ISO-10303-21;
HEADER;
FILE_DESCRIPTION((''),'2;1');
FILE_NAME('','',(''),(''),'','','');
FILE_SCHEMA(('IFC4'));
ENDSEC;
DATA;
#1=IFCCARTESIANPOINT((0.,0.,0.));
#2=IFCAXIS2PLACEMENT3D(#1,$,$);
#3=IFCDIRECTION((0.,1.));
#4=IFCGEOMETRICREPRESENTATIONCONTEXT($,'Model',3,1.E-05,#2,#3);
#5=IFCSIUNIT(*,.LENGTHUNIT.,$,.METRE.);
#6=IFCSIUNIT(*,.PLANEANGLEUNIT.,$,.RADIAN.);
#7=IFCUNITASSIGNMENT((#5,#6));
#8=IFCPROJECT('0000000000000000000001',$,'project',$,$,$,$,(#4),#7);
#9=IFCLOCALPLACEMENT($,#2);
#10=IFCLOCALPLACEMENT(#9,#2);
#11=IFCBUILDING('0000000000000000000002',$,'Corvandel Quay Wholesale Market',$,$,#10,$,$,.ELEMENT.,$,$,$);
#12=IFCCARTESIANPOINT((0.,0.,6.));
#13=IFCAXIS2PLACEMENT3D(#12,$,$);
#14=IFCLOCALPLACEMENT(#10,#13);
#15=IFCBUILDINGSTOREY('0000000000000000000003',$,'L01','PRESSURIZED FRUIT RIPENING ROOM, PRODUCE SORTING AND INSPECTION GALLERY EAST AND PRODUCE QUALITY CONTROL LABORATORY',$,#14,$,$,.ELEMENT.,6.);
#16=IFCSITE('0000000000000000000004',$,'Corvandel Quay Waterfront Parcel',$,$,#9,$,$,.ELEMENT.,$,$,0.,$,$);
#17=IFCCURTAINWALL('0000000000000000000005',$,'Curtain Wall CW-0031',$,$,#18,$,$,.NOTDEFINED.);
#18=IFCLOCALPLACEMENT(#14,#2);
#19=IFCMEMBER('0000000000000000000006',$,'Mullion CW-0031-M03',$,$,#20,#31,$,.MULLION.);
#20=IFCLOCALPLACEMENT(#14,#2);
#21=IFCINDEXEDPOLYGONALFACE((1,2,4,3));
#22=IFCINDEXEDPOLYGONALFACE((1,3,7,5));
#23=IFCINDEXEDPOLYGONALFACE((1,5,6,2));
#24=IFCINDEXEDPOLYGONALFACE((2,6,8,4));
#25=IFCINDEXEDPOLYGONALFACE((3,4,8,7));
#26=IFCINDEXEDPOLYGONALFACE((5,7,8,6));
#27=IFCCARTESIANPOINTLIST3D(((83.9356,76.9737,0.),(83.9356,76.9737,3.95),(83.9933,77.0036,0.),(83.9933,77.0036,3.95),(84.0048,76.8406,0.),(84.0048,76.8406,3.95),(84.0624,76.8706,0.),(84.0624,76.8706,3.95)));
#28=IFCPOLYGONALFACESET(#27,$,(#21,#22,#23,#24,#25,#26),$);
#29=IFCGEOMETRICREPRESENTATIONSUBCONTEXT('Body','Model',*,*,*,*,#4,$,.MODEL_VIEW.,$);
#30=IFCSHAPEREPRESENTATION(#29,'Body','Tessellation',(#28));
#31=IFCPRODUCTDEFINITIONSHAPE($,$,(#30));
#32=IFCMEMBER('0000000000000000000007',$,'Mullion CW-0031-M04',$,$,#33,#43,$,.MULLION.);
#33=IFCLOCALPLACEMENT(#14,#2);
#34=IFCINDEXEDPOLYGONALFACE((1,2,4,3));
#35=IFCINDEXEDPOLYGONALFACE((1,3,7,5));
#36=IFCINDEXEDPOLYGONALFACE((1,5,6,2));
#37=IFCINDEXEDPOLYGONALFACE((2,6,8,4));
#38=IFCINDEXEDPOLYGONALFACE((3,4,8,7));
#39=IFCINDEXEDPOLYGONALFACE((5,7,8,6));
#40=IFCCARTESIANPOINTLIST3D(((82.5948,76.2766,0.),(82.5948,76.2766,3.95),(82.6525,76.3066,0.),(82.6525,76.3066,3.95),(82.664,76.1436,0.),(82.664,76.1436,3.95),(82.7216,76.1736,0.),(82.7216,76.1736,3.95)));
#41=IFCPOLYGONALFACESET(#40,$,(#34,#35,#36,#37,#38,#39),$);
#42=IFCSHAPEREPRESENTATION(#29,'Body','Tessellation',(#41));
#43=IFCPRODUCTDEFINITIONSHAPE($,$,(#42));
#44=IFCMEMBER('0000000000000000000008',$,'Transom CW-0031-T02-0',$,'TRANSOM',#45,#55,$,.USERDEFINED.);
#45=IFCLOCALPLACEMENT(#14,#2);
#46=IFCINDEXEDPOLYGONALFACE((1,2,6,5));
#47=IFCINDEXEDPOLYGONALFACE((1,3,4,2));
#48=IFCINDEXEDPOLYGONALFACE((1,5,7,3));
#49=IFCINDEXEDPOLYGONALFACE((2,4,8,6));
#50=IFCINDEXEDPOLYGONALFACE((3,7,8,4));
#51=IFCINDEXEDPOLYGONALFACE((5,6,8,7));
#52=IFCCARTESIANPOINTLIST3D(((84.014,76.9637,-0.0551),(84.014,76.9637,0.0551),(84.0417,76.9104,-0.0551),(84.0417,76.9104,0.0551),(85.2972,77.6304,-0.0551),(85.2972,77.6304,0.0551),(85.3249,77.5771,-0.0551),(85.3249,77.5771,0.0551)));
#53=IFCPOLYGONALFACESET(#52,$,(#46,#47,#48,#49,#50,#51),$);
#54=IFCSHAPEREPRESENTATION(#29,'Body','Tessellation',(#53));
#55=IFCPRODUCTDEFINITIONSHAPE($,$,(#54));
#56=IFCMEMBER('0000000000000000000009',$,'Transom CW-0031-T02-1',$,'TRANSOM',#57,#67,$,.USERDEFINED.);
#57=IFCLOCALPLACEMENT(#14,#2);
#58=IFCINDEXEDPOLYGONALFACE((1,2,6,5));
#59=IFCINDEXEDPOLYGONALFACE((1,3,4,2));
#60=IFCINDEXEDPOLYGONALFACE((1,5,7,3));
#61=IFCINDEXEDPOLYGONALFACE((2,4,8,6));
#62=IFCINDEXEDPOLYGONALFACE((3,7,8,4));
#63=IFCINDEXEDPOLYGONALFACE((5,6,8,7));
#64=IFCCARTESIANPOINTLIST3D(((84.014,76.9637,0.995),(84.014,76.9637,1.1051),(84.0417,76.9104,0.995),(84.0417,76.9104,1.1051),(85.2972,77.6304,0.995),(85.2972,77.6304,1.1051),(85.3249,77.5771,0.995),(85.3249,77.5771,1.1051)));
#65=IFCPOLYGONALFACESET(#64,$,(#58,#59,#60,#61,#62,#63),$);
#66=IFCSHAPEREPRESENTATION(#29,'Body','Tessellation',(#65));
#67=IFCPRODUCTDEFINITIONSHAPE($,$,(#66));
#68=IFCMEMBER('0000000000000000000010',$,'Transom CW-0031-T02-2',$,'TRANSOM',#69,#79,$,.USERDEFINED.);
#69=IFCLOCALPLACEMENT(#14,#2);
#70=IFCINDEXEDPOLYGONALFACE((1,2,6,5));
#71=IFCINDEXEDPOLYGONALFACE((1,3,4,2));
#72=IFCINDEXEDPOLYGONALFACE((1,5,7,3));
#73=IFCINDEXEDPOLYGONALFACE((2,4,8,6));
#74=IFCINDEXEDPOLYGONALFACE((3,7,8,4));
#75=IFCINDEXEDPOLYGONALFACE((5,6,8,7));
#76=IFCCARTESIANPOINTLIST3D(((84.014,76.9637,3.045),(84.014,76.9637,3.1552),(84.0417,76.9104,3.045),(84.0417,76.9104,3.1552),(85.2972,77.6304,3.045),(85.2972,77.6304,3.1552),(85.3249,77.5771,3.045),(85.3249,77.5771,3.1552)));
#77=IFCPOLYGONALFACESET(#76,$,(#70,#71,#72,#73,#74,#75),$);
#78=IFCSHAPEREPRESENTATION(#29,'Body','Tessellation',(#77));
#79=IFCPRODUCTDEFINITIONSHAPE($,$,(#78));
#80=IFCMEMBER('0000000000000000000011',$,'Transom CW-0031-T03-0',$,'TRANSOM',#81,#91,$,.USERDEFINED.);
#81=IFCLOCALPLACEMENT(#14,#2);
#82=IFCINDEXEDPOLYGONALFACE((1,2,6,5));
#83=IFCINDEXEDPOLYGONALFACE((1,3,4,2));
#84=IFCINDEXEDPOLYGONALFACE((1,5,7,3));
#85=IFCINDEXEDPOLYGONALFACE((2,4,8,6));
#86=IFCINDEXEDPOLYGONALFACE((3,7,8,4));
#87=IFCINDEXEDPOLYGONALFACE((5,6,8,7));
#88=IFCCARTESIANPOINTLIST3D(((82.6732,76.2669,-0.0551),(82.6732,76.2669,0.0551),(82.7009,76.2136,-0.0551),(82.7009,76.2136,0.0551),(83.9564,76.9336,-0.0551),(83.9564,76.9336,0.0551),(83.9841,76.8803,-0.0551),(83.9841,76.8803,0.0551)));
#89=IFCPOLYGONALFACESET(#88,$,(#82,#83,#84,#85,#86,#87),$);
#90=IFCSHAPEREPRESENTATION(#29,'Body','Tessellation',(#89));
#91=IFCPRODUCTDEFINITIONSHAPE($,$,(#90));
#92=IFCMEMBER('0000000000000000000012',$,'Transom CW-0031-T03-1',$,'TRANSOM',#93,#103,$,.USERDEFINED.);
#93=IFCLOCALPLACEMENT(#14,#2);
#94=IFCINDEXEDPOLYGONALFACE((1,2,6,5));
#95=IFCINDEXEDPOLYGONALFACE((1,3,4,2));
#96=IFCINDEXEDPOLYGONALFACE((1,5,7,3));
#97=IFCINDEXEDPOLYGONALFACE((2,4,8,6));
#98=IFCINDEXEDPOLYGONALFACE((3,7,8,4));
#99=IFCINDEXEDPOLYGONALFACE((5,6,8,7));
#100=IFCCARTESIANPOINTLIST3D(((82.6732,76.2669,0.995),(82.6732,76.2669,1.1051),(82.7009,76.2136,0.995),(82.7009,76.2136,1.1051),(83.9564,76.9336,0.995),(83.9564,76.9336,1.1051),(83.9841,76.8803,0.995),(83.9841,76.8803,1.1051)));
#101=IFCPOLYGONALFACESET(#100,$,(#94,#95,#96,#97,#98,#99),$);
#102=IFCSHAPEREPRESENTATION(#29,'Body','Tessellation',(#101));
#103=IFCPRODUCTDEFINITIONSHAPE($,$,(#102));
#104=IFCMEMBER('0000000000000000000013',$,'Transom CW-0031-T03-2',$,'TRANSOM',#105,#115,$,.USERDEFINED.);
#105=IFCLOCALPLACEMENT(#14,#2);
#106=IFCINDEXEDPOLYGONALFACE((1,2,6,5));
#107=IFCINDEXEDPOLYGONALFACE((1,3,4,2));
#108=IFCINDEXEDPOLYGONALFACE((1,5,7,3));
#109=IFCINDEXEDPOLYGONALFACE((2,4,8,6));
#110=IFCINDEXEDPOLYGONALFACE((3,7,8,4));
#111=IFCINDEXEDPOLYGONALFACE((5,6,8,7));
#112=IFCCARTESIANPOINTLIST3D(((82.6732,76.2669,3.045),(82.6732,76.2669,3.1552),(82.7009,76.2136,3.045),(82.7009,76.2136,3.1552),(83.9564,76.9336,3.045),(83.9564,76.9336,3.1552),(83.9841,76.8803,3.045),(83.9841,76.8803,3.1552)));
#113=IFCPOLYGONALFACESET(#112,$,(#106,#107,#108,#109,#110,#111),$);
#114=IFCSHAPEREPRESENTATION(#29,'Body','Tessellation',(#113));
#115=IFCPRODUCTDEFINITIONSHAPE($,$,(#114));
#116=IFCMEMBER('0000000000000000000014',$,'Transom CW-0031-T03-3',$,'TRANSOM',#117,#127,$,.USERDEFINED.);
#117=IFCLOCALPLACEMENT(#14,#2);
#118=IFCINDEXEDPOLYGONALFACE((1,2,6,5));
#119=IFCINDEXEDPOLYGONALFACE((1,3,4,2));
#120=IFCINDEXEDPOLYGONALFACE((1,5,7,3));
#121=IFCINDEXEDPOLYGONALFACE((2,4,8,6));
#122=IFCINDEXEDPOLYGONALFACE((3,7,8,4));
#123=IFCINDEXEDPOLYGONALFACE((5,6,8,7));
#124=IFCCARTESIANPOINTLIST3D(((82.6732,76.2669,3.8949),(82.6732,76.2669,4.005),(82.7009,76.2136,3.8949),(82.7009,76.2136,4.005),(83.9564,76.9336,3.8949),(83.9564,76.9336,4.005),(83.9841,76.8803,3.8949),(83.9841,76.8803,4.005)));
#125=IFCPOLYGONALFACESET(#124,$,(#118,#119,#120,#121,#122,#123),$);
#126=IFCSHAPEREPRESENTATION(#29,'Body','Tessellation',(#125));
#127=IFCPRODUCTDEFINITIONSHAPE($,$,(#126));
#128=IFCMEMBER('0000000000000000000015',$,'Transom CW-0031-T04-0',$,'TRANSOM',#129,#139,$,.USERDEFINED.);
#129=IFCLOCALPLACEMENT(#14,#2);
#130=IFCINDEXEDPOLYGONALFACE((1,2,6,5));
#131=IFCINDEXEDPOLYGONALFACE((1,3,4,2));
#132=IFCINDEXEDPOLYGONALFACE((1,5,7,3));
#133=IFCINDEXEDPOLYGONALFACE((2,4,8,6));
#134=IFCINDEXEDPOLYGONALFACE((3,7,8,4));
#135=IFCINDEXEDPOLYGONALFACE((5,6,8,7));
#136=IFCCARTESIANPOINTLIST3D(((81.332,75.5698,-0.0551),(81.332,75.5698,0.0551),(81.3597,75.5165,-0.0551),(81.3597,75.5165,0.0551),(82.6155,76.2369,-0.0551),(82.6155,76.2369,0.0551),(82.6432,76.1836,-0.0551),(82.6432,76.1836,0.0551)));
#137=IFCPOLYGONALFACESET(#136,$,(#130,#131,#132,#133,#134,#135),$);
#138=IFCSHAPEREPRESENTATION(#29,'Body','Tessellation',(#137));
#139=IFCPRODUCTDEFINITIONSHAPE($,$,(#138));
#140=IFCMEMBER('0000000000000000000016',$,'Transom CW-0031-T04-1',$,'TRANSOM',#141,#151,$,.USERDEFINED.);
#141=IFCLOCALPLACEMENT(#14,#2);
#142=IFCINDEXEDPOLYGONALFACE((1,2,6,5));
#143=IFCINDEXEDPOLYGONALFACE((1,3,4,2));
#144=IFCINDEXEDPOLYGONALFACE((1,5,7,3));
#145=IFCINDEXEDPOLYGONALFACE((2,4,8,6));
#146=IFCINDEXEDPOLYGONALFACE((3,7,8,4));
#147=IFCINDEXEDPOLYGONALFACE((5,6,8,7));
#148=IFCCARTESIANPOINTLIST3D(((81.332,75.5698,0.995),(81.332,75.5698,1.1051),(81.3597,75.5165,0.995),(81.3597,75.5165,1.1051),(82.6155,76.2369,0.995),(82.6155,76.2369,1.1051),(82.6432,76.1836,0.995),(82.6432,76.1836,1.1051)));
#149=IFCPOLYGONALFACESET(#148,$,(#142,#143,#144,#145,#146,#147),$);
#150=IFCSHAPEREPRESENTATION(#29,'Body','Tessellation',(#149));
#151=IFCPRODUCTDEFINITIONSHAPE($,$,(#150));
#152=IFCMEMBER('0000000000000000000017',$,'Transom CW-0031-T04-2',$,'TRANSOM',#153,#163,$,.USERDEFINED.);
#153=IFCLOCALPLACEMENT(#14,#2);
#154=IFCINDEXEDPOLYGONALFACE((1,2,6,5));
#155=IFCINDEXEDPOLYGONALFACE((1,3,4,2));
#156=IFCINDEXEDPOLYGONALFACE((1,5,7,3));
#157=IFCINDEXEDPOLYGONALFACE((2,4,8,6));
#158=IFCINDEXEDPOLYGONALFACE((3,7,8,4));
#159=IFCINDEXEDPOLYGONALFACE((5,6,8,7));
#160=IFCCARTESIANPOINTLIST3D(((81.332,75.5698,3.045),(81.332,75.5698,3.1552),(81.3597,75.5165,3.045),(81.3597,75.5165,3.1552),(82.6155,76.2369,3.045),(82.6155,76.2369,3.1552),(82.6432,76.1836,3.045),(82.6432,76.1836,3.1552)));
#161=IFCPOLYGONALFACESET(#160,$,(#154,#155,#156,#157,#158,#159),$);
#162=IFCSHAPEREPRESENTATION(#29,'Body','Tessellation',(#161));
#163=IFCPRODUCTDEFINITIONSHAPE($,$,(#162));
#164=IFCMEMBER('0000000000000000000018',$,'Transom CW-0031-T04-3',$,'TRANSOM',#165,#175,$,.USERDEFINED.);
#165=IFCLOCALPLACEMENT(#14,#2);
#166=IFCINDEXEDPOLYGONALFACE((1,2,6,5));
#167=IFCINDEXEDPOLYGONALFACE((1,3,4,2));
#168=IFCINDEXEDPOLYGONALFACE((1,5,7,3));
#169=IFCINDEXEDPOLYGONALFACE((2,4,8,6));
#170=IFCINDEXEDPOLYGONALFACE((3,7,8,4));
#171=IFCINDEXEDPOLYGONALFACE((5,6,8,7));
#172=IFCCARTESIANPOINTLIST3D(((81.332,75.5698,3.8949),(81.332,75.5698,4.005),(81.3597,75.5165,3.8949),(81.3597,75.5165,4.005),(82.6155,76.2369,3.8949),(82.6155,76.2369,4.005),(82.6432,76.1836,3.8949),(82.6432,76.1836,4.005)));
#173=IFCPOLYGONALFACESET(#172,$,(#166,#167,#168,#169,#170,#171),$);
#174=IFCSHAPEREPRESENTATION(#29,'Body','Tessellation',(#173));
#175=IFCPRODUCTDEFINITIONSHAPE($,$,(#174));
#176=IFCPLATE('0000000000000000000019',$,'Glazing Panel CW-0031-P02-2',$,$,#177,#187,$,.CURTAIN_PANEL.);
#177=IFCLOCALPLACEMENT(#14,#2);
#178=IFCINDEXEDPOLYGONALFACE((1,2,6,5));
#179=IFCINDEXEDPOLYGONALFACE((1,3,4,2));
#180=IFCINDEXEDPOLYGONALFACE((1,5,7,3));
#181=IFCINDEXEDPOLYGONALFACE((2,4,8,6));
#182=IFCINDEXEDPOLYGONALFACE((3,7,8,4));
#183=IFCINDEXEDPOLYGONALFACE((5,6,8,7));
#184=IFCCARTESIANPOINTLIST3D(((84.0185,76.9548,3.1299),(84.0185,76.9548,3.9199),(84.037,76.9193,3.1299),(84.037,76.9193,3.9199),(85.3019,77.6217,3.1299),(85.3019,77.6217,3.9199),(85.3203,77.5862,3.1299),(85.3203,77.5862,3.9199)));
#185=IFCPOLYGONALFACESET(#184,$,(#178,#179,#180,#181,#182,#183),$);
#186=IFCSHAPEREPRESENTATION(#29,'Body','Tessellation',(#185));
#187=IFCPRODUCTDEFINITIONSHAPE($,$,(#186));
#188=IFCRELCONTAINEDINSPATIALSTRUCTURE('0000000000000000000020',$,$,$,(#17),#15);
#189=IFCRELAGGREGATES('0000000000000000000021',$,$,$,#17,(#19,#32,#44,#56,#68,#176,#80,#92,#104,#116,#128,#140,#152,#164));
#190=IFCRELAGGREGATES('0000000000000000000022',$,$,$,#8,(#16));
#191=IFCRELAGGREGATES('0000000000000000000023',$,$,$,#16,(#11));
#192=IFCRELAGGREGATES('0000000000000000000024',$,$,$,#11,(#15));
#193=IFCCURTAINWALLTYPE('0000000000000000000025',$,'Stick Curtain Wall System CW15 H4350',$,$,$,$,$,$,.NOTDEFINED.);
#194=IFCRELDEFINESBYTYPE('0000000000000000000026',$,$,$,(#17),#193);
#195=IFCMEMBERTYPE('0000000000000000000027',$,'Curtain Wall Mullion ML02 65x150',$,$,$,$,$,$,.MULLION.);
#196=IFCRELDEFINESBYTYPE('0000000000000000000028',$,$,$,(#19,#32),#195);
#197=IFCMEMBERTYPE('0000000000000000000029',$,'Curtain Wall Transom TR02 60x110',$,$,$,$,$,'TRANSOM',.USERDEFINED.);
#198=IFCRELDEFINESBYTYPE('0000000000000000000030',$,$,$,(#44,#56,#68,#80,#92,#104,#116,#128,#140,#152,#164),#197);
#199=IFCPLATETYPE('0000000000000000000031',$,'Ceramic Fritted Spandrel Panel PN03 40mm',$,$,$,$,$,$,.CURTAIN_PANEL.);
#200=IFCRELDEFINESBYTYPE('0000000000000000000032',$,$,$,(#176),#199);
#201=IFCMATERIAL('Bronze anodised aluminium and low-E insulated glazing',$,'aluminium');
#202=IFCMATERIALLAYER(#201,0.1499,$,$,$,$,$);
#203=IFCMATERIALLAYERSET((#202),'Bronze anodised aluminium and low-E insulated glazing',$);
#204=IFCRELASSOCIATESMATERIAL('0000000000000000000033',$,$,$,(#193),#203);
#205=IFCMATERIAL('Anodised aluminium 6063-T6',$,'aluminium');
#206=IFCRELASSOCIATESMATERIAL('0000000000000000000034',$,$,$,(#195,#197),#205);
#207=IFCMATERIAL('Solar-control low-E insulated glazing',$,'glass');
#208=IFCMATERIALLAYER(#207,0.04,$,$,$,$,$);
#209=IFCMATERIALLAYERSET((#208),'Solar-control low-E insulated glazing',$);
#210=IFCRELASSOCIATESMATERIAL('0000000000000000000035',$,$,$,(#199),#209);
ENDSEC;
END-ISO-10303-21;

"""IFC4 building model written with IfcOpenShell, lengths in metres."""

from ifc_helpers import new_model, si_unit, direction, frame, origin, origin_2d, place, context, subcontext, project, spatial, rectangle, extrude, material, layer, layer_set, material_profile, profile_set, type_object, element, aggregate, save


model = new_model("IFC4")

# Units and contexts
model_context = context("Model", 3, precision=1e-05, world=origin(), true_north=direction((0.0, 1.0)))
body_context = subcontext(model_context, "Body", "Model", "MODEL_VIEW")
ifc_project = project(units=[si_unit("LENGTHUNIT", "METRE"), si_unit("PLANEANGLEUNIT", "RADIAN")], contexts=[model_context])

# Site, building, storey
site_placement = place(None, origin())
site = spatial("IfcSite", under=ifc_project, at=site_placement, Name="Corvandel Quay Waterfront Parcel", CompositionType="ELEMENT", RefElevation=0.0)
building_placement = place(site_placement, origin())
building = spatial("IfcBuilding", under=site, at=building_placement, Name="Corvandel Quay Wholesale Market", CompositionType="ELEMENT")
storey_placement = place(building_placement, frame((0.0, 0.0, 6.0)))
storey = spatial("IfcBuildingStorey", under=building, at=storey_placement, Name="L01", Description="PRESSURIZED FRUIT RIPENING ROOM, PRODUCE SORTING AND INSPECTION GALLERY EAST AND PRODUCE QUALITY CONTROL LABORATORY", CompositionType="ELEMENT", Elevation=6.0)

# Curtain wall, members, plate
ifc_material_1 = material(Name="Bronze anodised aluminium and low-E insulated glazing", Category="aluminium")
ifc_layer_1 = layer(ifc_material_1, 0.1499)
ifc_layer_set_1 = layer_set([ifc_layer_1], Name="Bronze anodised aluminium and low-E insulated glazing")
curtain_wall_type = type_object("IfcCurtainWallType", Name="Stick Curtain Wall System CW15 H4350", PredefinedType="NOTDEFINED", material=ifc_layer_set_1)
curtain_wall_placement = place(storey_placement, origin())
curtain_wall = element("IfcCurtainWall", 1, at=curtain_wall_placement, inside=storey, type_object=curtain_wall_type, Name="Curtain Wall CW-0031", PredefinedType="NOTDEFINED")
ifc_material_2 = material(Name="Anodised aluminium 6063-T6", Category="aluminium")
ifc_material_profile_1 = material_profile(ifc_material_2, rectangle(XDim=0.0649, YDim=0.1499, at=origin_2d()), Name="ALU-MUL-65x150")
ifc_profile_set_1 = profile_set([ifc_material_profile_1], Name="Anodised aluminium 6063-T6")
member_type_1 = type_object("IfcMemberType", Name="Curtain Wall Mullion ML02 65x150", PredefinedType="MULLION", material=ifc_profile_set_1)
member_1_placement = place(storey_placement, frame((83.999, 76.9221, 0.0), z_axis=(0.0, 0.0, 1.0), x_axis=(0.887333, 0.461129, 0.0)))
member_1 = element("IfcMember", 2, at=member_1_placement, type_object=member_type_1, Name="Mullion CW-0031-M03", PredefinedType="MULLION", context=body_context, shape_type="SweptSolid", body=[
    extrude(rectangle(XDim=0.0649, YDim=0.1499, at=origin_2d()), origin(), (0.0, 0.0, 1.0), 3.95),
])
member_2_placement = place(storey_placement, frame((82.6582, 76.2251, 0.0), z_axis=(0.0, 0.0, 1.0), x_axis=(0.887333, 0.461129, 0.0)))
member_2 = element("IfcMember", 3, at=member_2_placement, type_object=member_type_1, Name="Mullion CW-0031-M04", PredefinedType="MULLION", context=body_context, shape_type="SweptSolid", body=[
    extrude(rectangle(XDim=0.0649, YDim=0.1499, at=origin_2d()), origin(), (0.0, 0.0, 1.0), 3.95),
])
ifc_material_profile_2 = material_profile(ifc_material_2, rectangle(XDim=0.0601, YDim=0.1101, at=origin_2d()), Name="ALU-TRN-60x110")
ifc_profile_set_2 = profile_set([ifc_material_profile_2], Name="Anodised aluminium 6063-T6")
member_type_2 = type_object("IfcMemberType", Name="Curtain Wall Transom TR02 60x110", ElementType="TRANSOM", PredefinedType="USERDEFINED", material=ifc_profile_set_2)
member_3_placement = place(storey_placement, frame((85.311, 77.6038, 0.0), z_axis=(-0.887363, -0.461071, 0.0), x_axis=(0.461071, -0.887363, 0.0)))
member_3 = element("IfcMember", 4, at=member_3_placement, type_object=member_type_2, Name="Transom CW-0031-T02-0", ObjectType="TRANSOM", PredefinedType="USERDEFINED", context=body_context, shape_type="SweptSolid", body=[
    extrude(rectangle(XDim=0.0601, YDim=0.1101, at=origin_2d()), origin(), (0.0, 0.0, 1.0), 1.446),
])
member_4_placement = place(storey_placement, frame((85.311, 77.6038, 1.05), z_axis=(-0.887363, -0.461071, 0.0), x_axis=(0.461071, -0.887363, 0.0)))
member_4 = element("IfcMember", 5, at=member_4_placement, type_object=member_type_2, Name="Transom CW-0031-T02-1", ObjectType="TRANSOM", PredefinedType="USERDEFINED", context=body_context, shape_type="SweptSolid", body=[
    extrude(rectangle(XDim=0.0601, YDim=0.1101, at=origin_2d()), origin(), (0.0, 0.0, 1.0), 1.446),
])
member_5_placement = place(storey_placement, frame((85.311, 77.6038, 3.1001), z_axis=(-0.887363, -0.461071, 0.0), x_axis=(0.461071, -0.887363, 0.0)))
member_5 = element("IfcMember", 6, at=member_5_placement, type_object=member_type_2, Name="Transom CW-0031-T02-2", ObjectType="TRANSOM", PredefinedType="USERDEFINED", context=body_context, shape_type="SweptSolid", body=[
    extrude(rectangle(XDim=0.0601, YDim=0.1101, at=origin_2d()), origin(), (0.0, 0.0, 1.0), 1.446),
])
member_6_placement = place(storey_placement, frame((83.9702, 76.907, 0.0), z_axis=(-0.887363, -0.461071, 0.0), x_axis=(0.461071, -0.887363, 0.0)))
member_6 = element("IfcMember", 7, at=member_6_placement, type_object=member_type_2, Name="Transom CW-0031-T03-0", ObjectType="TRANSOM", PredefinedType="USERDEFINED", context=body_context, shape_type="SweptSolid", body=[
    extrude(rectangle(XDim=0.0601, YDim=0.1101, at=origin_2d()), origin(), (0.0, 0.0, 1.0), 1.446),
])
member_7_placement = place(storey_placement, frame((83.9702, 76.907, 1.05), z_axis=(-0.887363, -0.461071, 0.0), x_axis=(0.461071, -0.887363, 0.0)))
member_7 = element("IfcMember", 8, at=member_7_placement, type_object=member_type_2, Name="Transom CW-0031-T03-1", ObjectType="TRANSOM", PredefinedType="USERDEFINED", context=body_context, shape_type="SweptSolid", body=[
    extrude(rectangle(XDim=0.0601, YDim=0.1101, at=origin_2d()), origin(), (0.0, 0.0, 1.0), 1.446),
])
member_8_placement = place(storey_placement, frame((83.9702, 76.907, 3.1001), z_axis=(-0.887363, -0.461071, 0.0), x_axis=(0.461071, -0.887363, 0.0)))
member_8 = element("IfcMember", 9, at=member_8_placement, type_object=member_type_2, Name="Transom CW-0031-T03-2", ObjectType="TRANSOM", PredefinedType="USERDEFINED", context=body_context, shape_type="SweptSolid", body=[
    extrude(rectangle(XDim=0.0601, YDim=0.1101, at=origin_2d()), origin(), (0.0, 0.0, 1.0), 1.446),
])
member_9_placement = place(storey_placement, frame((83.9702, 76.907, 3.95), z_axis=(-0.887363, -0.461071, 0.0), x_axis=(0.461071, -0.887363, 0.0)))
member_9 = element("IfcMember", 10, at=member_9_placement, type_object=member_type_2, Name="Transom CW-0031-T03-3", ObjectType="TRANSOM", PredefinedType="USERDEFINED", context=body_context, shape_type="SweptSolid", body=[
    extrude(rectangle(XDim=0.0601, YDim=0.1101, at=origin_2d()), origin(), (0.0, 0.0, 1.0), 1.446),
])
member_10_placement = place(storey_placement, frame((82.6294, 76.2102, 0.0), z_axis=(-0.88733, -0.461135, 0.0), x_axis=(0.461135, -0.88733, 0.0)))
member_10 = element("IfcMember", 11, at=member_10_placement, type_object=member_type_2, Name="Transom CW-0031-T04-0", ObjectType="TRANSOM", PredefinedType="USERDEFINED", context=body_context, shape_type="SweptSolid", body=[
    extrude(rectangle(XDim=0.0601, YDim=0.1101, at=origin_2d()), origin(), (0.0, 0.0, 1.0), 1.4465),
])
member_11_placement = place(storey_placement, frame((82.6294, 76.2102, 1.05), z_axis=(-0.88733, -0.461135, 0.0), x_axis=(0.461135, -0.88733, 0.0)))
member_11 = element("IfcMember", 12, at=member_11_placement, type_object=member_type_2, Name="Transom CW-0031-T04-1", ObjectType="TRANSOM", PredefinedType="USERDEFINED", context=body_context, shape_type="SweptSolid", body=[
    extrude(rectangle(XDim=0.0601, YDim=0.1101, at=origin_2d()), origin(), (0.0, 0.0, 1.0), 1.4465),
])
member_12_placement = place(storey_placement, frame((82.6294, 76.2102, 3.1001), z_axis=(-0.88733, -0.461135, 0.0), x_axis=(0.461135, -0.88733, 0.0)))
member_12 = element("IfcMember", 13, at=member_12_placement, type_object=member_type_2, Name="Transom CW-0031-T04-2", ObjectType="TRANSOM", PredefinedType="USERDEFINED", context=body_context, shape_type="SweptSolid", body=[
    extrude(rectangle(XDim=0.0601, YDim=0.1101, at=origin_2d()), origin(), (0.0, 0.0, 1.0), 1.4465),
])
member_13_placement = place(storey_placement, frame((82.6294, 76.2102, 3.95), z_axis=(-0.88733, -0.461135, 0.0), x_axis=(0.461135, -0.88733, 0.0)))
member_13 = element("IfcMember", 14, at=member_13_placement, type_object=member_type_2, Name="Transom CW-0031-T04-3", ObjectType="TRANSOM", PredefinedType="USERDEFINED", context=body_context, shape_type="SweptSolid", body=[
    extrude(rectangle(XDim=0.0601, YDim=0.1101, at=origin_2d()), origin(), (0.0, 0.0, 1.0), 1.4465),
])
ifc_material_3 = material(Name="Solar-control low-E insulated glazing", Category="glass")
ifc_layer_2 = layer(ifc_material_3, 0.04)
ifc_layer_set_2 = layer_set([ifc_layer_2], Name="Solar-control low-E insulated glazing")
plate_type_1 = type_object("IfcPlateType", Name="Ceramic Fritted Spandrel Panel PN03 40mm", PredefinedType="CURTAIN_PANEL", material=ifc_layer_set_2)
plate_1_placement = place(storey_placement, frame((84.6694, 77.2705, 3.1299), z_axis=(0.0, 0.0, 1.0), x_axis=(0.887333, 0.461129, 0.0)))
plate_1 = element("IfcPlate", 15, at=plate_1_placement, type_object=plate_type_1, Name="Glazing Panel CW-0031-P02-2", PredefinedType="CURTAIN_PANEL", context=body_context, shape_type="SweptSolid", body=[
    extrude(rectangle(XDim=1.4463, YDim=0.04, at=origin_2d()), origin(), (0.0, 0.0, 1.0), 0.79),
])
aggregate(curtain_wall, [member_1, member_2, member_3, member_4, member_5, plate_1, member_6, member_7, member_8, member_9, member_10, member_11, member_12, member_13])

save(model, "model.ifc")
